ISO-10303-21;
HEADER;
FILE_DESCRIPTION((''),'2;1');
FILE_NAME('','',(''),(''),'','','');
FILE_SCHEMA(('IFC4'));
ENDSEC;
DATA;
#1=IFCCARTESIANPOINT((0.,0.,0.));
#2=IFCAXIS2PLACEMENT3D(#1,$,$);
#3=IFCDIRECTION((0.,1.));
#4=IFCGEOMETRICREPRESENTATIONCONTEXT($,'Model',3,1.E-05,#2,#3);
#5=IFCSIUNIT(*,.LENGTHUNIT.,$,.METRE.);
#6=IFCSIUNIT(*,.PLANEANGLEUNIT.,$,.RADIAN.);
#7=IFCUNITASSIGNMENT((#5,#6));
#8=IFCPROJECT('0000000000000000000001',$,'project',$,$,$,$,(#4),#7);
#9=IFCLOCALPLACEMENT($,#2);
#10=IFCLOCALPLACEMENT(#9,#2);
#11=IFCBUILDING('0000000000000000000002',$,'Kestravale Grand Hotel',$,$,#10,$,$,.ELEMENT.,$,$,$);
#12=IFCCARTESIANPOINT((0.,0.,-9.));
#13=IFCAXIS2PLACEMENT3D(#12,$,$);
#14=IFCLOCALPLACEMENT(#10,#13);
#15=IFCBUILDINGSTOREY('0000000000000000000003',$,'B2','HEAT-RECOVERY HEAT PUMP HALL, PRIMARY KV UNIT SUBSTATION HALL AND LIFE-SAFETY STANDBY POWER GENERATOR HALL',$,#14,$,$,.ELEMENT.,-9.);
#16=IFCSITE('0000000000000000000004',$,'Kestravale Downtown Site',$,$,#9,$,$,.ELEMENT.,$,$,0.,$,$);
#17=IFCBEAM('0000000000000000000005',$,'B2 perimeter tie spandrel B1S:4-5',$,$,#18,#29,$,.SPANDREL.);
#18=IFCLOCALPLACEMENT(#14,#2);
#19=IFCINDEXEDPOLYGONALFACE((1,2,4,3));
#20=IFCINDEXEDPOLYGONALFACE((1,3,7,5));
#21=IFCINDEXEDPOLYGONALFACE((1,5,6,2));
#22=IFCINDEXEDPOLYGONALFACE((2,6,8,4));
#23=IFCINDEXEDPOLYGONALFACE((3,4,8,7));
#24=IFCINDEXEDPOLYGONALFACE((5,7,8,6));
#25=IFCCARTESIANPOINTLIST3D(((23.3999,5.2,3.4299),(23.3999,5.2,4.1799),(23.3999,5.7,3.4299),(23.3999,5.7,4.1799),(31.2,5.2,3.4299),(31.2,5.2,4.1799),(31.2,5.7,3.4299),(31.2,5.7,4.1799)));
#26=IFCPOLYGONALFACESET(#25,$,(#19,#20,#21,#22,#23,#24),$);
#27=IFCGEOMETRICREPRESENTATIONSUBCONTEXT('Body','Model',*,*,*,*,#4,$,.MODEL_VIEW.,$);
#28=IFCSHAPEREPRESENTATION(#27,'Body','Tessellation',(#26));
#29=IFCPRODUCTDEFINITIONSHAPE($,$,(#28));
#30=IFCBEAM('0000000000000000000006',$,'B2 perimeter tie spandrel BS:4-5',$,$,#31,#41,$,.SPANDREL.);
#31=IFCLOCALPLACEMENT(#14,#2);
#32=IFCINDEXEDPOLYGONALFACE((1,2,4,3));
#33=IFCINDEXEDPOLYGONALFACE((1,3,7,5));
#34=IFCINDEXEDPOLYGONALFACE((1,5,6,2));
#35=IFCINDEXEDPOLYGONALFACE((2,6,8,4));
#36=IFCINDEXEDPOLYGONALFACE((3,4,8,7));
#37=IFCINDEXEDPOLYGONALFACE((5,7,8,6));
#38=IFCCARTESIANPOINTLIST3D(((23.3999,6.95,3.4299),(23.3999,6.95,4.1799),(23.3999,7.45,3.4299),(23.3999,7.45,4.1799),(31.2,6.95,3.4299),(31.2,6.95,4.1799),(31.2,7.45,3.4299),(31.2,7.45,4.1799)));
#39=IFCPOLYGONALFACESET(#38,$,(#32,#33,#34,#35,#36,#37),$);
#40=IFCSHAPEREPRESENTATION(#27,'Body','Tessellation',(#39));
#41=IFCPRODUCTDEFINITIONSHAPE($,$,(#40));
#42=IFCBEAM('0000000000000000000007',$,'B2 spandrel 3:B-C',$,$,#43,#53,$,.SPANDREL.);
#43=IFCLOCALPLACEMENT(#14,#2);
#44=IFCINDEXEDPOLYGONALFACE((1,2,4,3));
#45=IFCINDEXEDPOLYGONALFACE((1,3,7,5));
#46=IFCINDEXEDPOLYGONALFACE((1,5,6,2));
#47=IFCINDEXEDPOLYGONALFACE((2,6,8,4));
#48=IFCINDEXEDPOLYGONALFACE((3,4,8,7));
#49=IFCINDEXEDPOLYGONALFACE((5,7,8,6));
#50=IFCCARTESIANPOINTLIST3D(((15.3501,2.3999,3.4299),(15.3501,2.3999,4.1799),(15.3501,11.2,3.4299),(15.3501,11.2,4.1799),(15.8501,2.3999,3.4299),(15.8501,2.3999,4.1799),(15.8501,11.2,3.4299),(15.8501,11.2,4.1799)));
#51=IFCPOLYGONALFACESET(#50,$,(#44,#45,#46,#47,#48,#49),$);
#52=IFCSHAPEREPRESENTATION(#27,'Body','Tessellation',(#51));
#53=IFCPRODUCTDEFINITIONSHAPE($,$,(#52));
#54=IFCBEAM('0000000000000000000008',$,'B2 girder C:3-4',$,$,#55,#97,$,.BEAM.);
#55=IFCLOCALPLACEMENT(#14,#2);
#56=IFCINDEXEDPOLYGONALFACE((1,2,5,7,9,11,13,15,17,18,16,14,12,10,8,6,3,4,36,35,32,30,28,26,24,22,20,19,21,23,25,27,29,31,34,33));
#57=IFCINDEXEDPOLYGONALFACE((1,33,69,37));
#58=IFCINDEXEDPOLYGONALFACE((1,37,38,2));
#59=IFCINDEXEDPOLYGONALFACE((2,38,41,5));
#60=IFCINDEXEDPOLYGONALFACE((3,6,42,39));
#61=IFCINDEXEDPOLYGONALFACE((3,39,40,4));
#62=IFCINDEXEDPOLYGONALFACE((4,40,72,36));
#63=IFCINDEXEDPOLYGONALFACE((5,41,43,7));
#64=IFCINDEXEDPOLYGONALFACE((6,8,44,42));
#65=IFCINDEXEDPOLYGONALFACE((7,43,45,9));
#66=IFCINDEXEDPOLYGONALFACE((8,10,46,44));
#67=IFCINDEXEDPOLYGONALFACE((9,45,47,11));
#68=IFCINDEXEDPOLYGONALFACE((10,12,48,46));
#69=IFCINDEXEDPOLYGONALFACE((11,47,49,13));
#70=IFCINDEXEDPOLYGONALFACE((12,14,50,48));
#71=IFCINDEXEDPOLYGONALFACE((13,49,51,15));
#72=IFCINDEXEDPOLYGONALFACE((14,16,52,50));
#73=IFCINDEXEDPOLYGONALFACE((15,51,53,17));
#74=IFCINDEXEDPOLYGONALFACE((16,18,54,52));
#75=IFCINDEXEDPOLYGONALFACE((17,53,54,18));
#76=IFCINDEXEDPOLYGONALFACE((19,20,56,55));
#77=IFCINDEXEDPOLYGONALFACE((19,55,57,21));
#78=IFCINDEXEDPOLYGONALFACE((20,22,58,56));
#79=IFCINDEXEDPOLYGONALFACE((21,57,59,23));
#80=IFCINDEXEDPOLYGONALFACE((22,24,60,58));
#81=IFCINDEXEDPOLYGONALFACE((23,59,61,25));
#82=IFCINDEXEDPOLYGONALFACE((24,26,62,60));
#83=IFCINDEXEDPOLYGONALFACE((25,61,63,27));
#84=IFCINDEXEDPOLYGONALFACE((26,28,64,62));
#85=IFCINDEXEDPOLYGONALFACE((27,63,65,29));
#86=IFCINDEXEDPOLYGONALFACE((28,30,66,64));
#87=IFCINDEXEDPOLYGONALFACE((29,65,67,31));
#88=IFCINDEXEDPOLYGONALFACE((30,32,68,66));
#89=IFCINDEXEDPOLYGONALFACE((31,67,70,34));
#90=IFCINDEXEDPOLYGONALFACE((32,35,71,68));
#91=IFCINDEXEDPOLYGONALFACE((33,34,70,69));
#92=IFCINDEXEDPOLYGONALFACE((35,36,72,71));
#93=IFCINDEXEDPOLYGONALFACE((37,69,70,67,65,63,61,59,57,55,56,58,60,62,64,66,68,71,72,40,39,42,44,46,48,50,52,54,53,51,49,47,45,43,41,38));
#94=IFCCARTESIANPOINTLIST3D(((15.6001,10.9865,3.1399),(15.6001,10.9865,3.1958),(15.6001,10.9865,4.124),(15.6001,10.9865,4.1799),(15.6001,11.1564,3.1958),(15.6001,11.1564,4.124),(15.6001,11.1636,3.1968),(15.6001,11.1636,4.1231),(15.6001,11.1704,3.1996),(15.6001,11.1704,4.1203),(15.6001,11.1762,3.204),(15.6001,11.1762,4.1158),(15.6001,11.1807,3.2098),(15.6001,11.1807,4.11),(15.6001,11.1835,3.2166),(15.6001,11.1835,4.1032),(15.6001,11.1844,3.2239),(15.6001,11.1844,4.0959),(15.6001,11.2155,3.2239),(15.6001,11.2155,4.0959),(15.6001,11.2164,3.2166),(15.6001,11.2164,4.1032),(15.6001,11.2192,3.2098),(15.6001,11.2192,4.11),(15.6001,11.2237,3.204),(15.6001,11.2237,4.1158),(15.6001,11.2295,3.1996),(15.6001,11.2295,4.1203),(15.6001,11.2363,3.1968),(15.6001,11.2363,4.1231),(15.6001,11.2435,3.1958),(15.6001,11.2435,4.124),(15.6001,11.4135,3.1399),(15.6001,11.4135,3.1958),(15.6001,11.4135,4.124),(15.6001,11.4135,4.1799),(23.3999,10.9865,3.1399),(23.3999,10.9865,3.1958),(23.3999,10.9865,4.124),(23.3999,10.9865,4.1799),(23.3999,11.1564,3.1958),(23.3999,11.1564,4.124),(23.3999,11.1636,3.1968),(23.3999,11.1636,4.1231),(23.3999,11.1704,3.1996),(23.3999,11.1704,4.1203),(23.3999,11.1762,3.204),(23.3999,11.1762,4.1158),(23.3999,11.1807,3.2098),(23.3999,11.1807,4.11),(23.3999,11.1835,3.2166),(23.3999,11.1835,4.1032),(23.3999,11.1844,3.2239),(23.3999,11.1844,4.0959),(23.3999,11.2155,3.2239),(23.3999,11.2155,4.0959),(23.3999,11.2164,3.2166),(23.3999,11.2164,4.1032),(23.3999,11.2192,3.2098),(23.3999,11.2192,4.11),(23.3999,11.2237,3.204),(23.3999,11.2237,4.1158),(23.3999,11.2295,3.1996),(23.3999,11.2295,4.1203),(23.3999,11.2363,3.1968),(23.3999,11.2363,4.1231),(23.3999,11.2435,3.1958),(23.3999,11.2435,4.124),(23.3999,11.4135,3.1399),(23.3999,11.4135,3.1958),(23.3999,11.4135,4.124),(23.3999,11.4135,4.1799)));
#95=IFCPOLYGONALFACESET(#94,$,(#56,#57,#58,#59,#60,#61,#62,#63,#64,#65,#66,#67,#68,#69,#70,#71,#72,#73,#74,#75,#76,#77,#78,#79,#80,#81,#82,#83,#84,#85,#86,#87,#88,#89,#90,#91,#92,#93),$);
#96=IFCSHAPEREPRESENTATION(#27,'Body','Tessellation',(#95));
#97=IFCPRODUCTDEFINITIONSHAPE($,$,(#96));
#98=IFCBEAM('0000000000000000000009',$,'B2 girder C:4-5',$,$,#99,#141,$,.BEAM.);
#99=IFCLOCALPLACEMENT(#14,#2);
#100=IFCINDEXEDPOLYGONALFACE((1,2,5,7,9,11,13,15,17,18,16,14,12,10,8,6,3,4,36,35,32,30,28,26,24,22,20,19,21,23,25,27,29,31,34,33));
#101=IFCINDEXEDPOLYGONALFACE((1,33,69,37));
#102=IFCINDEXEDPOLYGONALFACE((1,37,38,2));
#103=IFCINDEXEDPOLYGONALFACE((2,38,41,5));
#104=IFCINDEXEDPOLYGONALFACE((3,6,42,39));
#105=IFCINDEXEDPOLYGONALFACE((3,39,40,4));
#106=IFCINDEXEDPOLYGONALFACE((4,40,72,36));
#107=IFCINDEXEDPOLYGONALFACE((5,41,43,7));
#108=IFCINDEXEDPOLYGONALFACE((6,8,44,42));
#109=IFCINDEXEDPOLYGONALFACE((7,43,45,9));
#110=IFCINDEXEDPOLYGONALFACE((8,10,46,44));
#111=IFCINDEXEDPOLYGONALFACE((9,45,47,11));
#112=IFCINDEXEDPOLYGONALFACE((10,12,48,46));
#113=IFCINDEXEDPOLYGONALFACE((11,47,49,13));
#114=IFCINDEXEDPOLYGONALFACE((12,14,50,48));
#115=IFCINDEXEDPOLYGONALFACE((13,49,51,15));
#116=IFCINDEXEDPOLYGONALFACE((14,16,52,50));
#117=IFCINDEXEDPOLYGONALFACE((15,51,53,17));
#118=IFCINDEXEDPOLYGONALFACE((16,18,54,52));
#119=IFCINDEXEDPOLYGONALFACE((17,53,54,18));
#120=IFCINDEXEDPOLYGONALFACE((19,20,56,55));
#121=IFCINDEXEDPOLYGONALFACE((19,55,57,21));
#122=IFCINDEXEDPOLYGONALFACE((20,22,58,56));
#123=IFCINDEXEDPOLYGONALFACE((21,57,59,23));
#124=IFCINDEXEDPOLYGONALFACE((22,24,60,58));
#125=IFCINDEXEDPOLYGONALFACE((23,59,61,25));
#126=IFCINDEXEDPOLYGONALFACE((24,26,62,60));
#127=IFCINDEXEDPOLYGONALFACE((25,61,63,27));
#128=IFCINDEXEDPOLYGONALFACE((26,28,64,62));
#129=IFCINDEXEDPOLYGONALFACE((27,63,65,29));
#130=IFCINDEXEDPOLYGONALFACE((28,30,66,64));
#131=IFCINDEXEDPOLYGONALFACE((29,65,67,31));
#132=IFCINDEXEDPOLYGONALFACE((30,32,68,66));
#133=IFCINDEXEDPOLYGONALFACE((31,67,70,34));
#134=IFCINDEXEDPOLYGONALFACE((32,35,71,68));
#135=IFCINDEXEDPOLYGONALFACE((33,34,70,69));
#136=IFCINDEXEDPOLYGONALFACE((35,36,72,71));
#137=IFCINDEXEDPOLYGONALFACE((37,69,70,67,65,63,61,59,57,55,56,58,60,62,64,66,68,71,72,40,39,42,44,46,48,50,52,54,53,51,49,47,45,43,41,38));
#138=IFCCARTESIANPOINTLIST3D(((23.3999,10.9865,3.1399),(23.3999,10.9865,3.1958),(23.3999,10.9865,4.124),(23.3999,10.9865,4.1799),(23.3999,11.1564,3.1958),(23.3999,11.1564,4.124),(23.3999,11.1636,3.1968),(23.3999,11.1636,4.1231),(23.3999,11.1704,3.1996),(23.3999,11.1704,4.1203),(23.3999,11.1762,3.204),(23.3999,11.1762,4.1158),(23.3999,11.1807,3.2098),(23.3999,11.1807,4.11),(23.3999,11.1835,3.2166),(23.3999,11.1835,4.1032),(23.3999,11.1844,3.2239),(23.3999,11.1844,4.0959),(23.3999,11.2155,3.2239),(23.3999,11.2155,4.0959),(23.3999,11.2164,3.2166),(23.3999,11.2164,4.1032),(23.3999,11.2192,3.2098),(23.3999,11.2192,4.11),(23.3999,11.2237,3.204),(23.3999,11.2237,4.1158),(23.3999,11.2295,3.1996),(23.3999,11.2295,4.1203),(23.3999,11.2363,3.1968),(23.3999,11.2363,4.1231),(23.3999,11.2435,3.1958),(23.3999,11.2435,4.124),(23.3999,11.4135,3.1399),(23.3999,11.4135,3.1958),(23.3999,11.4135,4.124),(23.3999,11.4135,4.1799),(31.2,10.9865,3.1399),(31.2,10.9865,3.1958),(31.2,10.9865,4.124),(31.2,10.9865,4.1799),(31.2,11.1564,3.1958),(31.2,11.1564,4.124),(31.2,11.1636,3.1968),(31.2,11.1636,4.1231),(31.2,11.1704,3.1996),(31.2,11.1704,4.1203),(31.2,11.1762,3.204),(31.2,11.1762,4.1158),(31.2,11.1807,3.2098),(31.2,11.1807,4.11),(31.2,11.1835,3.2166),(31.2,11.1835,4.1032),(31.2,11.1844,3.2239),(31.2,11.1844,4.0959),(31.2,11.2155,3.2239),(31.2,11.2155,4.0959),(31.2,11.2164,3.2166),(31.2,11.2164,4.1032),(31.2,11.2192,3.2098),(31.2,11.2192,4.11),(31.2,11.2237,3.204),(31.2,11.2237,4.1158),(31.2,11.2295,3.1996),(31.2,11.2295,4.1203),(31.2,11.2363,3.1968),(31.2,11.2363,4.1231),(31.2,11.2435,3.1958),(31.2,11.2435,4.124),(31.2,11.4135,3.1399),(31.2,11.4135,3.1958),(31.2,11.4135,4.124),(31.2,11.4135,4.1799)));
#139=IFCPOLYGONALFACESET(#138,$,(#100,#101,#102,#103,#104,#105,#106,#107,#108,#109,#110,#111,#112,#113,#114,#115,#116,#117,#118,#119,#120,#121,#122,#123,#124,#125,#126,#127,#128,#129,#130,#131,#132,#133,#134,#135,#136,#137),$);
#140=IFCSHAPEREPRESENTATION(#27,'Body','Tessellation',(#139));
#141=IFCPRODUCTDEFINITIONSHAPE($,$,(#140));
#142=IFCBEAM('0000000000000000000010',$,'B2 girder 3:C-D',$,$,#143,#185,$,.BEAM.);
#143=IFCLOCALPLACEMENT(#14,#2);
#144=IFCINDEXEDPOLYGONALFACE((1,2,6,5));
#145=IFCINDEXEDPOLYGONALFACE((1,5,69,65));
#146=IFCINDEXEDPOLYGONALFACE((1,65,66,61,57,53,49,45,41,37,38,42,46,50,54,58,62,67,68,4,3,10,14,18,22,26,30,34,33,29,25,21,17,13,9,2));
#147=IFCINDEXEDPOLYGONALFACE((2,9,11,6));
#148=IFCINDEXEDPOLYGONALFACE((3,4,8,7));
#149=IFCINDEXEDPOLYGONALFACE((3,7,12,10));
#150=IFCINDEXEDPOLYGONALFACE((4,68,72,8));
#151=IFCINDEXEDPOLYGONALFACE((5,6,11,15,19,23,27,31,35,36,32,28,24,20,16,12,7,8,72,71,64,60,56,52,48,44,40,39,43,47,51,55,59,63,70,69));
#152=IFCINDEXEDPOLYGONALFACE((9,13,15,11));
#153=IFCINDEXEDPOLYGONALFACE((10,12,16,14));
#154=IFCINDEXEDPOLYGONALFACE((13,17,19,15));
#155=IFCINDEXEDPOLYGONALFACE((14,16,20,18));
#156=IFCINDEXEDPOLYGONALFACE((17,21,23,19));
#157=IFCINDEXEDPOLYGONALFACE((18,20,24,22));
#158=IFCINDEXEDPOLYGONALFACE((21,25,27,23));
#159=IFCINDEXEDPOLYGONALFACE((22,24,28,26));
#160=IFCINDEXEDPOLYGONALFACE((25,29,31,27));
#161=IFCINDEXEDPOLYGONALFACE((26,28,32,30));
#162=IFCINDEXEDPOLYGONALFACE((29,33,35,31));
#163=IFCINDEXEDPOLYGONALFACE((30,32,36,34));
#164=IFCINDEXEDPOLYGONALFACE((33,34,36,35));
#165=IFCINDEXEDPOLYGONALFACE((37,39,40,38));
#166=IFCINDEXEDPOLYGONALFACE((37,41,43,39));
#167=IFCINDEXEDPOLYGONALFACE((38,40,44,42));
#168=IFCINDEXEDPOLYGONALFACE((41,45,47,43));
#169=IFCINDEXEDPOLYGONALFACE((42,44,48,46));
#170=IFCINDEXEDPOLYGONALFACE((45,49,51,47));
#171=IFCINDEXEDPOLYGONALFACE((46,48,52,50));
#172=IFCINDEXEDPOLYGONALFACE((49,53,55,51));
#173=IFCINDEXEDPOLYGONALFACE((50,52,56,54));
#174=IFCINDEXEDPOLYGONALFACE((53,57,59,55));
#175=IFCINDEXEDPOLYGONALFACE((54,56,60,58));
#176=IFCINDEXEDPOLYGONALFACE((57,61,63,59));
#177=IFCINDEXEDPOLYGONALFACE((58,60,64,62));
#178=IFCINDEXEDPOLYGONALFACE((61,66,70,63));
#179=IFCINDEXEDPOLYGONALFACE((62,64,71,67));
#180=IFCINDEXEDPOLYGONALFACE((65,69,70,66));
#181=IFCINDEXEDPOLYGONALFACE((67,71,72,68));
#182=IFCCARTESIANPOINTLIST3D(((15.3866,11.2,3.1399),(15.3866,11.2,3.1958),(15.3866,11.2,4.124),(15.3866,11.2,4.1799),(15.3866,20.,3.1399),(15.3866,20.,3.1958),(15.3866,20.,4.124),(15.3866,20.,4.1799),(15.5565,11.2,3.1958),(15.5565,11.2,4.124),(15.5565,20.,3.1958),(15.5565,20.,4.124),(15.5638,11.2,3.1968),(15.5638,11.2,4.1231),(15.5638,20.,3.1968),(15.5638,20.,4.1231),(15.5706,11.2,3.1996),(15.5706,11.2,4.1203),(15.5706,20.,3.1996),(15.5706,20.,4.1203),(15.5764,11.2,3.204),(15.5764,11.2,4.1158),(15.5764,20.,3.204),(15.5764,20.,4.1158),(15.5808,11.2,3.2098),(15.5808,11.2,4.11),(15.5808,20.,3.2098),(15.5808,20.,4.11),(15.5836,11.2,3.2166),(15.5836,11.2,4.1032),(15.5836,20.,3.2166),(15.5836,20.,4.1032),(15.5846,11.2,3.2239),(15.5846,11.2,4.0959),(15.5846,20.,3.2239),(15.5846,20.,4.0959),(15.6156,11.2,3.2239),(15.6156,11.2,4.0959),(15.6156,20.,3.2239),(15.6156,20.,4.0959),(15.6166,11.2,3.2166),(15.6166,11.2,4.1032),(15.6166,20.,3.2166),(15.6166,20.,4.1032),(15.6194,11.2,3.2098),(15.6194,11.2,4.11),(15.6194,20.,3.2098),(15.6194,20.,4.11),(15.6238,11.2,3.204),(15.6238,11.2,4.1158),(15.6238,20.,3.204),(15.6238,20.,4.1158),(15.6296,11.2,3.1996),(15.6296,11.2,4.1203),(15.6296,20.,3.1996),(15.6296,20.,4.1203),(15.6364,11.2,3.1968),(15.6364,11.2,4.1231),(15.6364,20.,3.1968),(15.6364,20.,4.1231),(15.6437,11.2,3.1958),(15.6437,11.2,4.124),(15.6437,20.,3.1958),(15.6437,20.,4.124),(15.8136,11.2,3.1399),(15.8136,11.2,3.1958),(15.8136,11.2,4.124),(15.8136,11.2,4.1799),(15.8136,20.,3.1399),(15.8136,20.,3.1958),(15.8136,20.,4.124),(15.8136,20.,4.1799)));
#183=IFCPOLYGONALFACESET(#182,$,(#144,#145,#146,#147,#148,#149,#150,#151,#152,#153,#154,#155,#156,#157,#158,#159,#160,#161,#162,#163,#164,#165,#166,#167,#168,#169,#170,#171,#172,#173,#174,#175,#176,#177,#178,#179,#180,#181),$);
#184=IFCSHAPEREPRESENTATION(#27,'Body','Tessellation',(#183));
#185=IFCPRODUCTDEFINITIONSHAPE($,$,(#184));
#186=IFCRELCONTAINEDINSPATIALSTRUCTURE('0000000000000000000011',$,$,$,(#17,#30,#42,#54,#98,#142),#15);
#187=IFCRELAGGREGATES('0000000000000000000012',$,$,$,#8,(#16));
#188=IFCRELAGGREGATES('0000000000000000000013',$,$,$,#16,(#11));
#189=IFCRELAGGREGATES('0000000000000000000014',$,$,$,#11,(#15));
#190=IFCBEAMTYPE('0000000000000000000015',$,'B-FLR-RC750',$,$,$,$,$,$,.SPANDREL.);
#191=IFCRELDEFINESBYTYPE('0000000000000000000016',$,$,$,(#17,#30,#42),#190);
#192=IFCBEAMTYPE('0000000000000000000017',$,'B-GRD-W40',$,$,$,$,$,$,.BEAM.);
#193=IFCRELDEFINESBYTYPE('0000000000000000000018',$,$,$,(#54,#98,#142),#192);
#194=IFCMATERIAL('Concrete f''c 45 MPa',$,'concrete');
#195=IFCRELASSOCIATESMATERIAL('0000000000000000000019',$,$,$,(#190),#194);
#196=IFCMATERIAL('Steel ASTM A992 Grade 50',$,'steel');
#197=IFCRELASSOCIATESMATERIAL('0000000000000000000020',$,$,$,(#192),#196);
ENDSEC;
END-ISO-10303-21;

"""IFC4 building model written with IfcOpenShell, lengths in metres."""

from ifc_helpers import new_model, si_unit, direction, frame, origin, origin_2d, place, context, subcontext, project, spatial, rectangle, i_section, extrude, material, material_profile, profile_set, type_object, element, save


model = new_model("IFC4")

# Units and contexts
model_context = context("Model", 3, precision=1e-05, world=origin(), true_north=direction((0.0, 1.0)))
body_context = subcontext(model_context, "Body", "Model", "MODEL_VIEW")
ifc_project = project(units=[si_unit("LENGTHUNIT", "METRE"), si_unit("PLANEANGLEUNIT", "RADIAN")], contexts=[model_context])

# Site, building, storey
site_placement = place(None, origin())
site = spatial("IfcSite", under=ifc_project, at=site_placement, Name="Kestravale Downtown Site", CompositionType="ELEMENT", RefElevation=0.0)
building_placement = place(site_placement, origin())
building = spatial("IfcBuilding", under=site, at=building_placement, Name="Kestravale Grand Hotel", CompositionType="ELEMENT")
storey_placement = place(building_placement, frame((0.0, 0.0, -9.0)))
storey = spatial("IfcBuildingStorey", under=building, at=storey_placement, Name="B2", Description="HEAT-RECOVERY HEAT PUMP HALL, PRIMARY KV UNIT SUBSTATION HALL AND LIFE-SAFETY STANDBY POWER GENERATOR HALL", CompositionType="ELEMENT", Elevation=-9.0)

# Beams
ifc_material_1 = material(Name="Concrete f'c 45 MPa", Category="concrete")
ifc_material_profile_1 = material_profile(ifc_material_1, rectangle(XDim=0.5, YDim=0.75, at=origin_2d()))
ifc_profile_set_1 = profile_set([ifc_material_profile_1], Name="Concrete f'c 45 MPa")
beam_type_1 = type_object("IfcBeamType", Name="B-FLR-RC750", PredefinedType="SPANDREL", material=ifc_profile_set_1)
for number, where, z_axis, x_axis, name in (
    (1, (23.3999, 5.45, 3.8049), (1.0, 0.0, 0.0), (0.0, 1.0, 0.0), "B2 perimeter tie spandrel B1S:4-5"),
    (2, (23.3999, 7.2, 3.8049), (1.0, 0.0, 0.0), (0.0, 1.0, 0.0), "B2 perimeter tie spandrel BS:4-5"),
):
    element("IfcBeam", number, at=place(storey_placement, frame(where, z_axis=z_axis, x_axis=x_axis)), inside=storey, type_object=beam_type_1, Name=name, PredefinedType="SPANDREL", context=body_context, shape_type="SweptSolid", body=[
        extrude(rectangle(XDim=0.5, YDim=0.75, at=origin_2d()), origin(), (0.0, 0.0, 1.0), 7.8),
    ])
beam_1_placement = place(storey_placement, frame((15.6001, 2.3999, 3.8049), z_axis=(0.0, 1.0, 0.0), x_axis=(-1.0, 0.0, 0.0)))
element("IfcBeam", 3, at=beam_1_placement, inside=storey, type_object=beam_type_1, Name="B2 spandrel 3:B-C", PredefinedType="SPANDREL", context=body_context, shape_type="SweptSolid", body=[
    extrude(rectangle(XDim=0.5, YDim=0.75, at=origin_2d()), origin(), (0.0, 0.0, 1.0), 8.8),
])
ifc_material_2 = material(Name="Steel ASTM A992 Grade 50", Category="steel")
ifc_material_profile_2 = material_profile(ifc_material_2, i_section(OverallWidth=0.427, OverallDepth=1.04, WebThickness=0.031, FlangeThickness=0.0559, FilletRadius=0.0281, at=origin_2d()))
ifc_profile_set_2 = profile_set([ifc_material_profile_2], Name="Steel ASTM A992 Grade 50")
beam_type_2 = type_object("IfcBeamType", Name="B-GRD-W40", PredefinedType="BEAM", material=ifc_profile_set_2)
beam_2_placement = place(storey_placement, frame((15.6001, 11.2, 3.6599), z_axis=(1.0, 0.0, 0.0), x_axis=(0.0, 1.0, 0.0)))
element("IfcBeam", 4, at=beam_2_placement, inside=storey, type_object=beam_type_2, Name="B2 girder C:3-4", PredefinedType="BEAM", context=body_context, shape_type="SweptSolid", body=[
    extrude(i_section(OverallWidth=0.427, OverallDepth=1.04, WebThickness=0.031, FlangeThickness=0.0559, FilletRadius=0.0281, at=origin_2d()), origin(), (0.0, 0.0, 1.0), 7.7998),
])
beam_3_placement = place(storey_placement, frame((23.3999, 11.2, 3.6599), z_axis=(1.0, 0.0, 0.0), x_axis=(0.0, 1.0, 0.0)))
element("IfcBeam", 5, at=beam_3_placement, inside=storey, type_object=beam_type_2, Name="B2 girder C:4-5", PredefinedType="BEAM", context=body_context, shape_type="SweptSolid", body=[
    extrude(i_section(OverallWidth=0.427, OverallDepth=1.04, WebThickness=0.031, FlangeThickness=0.0559, FilletRadius=0.0281, at=origin_2d()), origin(), (0.0, 0.0, 1.0), 7.8),
])
beam_4_placement = place(storey_placement, frame((15.6001, 11.2, 3.6599), z_axis=(0.0, 1.0, 0.0), x_axis=(-1.0, 0.0, 0.0)))
element("IfcBeam", 6, at=beam_4_placement, inside=storey, type_object=beam_type_2, Name="B2 girder 3:C-D", PredefinedType="BEAM", context=body_context, shape_type="SweptSolid", body=[
    extrude(i_section(OverallWidth=0.427, OverallDepth=1.04, WebThickness=0.031, FlangeThickness=0.0559, FilletRadius=0.0281, at=origin_2d()), origin(), (0.0, 0.0, 1.0), 8.8),
])

save(model, "model.ifc")
